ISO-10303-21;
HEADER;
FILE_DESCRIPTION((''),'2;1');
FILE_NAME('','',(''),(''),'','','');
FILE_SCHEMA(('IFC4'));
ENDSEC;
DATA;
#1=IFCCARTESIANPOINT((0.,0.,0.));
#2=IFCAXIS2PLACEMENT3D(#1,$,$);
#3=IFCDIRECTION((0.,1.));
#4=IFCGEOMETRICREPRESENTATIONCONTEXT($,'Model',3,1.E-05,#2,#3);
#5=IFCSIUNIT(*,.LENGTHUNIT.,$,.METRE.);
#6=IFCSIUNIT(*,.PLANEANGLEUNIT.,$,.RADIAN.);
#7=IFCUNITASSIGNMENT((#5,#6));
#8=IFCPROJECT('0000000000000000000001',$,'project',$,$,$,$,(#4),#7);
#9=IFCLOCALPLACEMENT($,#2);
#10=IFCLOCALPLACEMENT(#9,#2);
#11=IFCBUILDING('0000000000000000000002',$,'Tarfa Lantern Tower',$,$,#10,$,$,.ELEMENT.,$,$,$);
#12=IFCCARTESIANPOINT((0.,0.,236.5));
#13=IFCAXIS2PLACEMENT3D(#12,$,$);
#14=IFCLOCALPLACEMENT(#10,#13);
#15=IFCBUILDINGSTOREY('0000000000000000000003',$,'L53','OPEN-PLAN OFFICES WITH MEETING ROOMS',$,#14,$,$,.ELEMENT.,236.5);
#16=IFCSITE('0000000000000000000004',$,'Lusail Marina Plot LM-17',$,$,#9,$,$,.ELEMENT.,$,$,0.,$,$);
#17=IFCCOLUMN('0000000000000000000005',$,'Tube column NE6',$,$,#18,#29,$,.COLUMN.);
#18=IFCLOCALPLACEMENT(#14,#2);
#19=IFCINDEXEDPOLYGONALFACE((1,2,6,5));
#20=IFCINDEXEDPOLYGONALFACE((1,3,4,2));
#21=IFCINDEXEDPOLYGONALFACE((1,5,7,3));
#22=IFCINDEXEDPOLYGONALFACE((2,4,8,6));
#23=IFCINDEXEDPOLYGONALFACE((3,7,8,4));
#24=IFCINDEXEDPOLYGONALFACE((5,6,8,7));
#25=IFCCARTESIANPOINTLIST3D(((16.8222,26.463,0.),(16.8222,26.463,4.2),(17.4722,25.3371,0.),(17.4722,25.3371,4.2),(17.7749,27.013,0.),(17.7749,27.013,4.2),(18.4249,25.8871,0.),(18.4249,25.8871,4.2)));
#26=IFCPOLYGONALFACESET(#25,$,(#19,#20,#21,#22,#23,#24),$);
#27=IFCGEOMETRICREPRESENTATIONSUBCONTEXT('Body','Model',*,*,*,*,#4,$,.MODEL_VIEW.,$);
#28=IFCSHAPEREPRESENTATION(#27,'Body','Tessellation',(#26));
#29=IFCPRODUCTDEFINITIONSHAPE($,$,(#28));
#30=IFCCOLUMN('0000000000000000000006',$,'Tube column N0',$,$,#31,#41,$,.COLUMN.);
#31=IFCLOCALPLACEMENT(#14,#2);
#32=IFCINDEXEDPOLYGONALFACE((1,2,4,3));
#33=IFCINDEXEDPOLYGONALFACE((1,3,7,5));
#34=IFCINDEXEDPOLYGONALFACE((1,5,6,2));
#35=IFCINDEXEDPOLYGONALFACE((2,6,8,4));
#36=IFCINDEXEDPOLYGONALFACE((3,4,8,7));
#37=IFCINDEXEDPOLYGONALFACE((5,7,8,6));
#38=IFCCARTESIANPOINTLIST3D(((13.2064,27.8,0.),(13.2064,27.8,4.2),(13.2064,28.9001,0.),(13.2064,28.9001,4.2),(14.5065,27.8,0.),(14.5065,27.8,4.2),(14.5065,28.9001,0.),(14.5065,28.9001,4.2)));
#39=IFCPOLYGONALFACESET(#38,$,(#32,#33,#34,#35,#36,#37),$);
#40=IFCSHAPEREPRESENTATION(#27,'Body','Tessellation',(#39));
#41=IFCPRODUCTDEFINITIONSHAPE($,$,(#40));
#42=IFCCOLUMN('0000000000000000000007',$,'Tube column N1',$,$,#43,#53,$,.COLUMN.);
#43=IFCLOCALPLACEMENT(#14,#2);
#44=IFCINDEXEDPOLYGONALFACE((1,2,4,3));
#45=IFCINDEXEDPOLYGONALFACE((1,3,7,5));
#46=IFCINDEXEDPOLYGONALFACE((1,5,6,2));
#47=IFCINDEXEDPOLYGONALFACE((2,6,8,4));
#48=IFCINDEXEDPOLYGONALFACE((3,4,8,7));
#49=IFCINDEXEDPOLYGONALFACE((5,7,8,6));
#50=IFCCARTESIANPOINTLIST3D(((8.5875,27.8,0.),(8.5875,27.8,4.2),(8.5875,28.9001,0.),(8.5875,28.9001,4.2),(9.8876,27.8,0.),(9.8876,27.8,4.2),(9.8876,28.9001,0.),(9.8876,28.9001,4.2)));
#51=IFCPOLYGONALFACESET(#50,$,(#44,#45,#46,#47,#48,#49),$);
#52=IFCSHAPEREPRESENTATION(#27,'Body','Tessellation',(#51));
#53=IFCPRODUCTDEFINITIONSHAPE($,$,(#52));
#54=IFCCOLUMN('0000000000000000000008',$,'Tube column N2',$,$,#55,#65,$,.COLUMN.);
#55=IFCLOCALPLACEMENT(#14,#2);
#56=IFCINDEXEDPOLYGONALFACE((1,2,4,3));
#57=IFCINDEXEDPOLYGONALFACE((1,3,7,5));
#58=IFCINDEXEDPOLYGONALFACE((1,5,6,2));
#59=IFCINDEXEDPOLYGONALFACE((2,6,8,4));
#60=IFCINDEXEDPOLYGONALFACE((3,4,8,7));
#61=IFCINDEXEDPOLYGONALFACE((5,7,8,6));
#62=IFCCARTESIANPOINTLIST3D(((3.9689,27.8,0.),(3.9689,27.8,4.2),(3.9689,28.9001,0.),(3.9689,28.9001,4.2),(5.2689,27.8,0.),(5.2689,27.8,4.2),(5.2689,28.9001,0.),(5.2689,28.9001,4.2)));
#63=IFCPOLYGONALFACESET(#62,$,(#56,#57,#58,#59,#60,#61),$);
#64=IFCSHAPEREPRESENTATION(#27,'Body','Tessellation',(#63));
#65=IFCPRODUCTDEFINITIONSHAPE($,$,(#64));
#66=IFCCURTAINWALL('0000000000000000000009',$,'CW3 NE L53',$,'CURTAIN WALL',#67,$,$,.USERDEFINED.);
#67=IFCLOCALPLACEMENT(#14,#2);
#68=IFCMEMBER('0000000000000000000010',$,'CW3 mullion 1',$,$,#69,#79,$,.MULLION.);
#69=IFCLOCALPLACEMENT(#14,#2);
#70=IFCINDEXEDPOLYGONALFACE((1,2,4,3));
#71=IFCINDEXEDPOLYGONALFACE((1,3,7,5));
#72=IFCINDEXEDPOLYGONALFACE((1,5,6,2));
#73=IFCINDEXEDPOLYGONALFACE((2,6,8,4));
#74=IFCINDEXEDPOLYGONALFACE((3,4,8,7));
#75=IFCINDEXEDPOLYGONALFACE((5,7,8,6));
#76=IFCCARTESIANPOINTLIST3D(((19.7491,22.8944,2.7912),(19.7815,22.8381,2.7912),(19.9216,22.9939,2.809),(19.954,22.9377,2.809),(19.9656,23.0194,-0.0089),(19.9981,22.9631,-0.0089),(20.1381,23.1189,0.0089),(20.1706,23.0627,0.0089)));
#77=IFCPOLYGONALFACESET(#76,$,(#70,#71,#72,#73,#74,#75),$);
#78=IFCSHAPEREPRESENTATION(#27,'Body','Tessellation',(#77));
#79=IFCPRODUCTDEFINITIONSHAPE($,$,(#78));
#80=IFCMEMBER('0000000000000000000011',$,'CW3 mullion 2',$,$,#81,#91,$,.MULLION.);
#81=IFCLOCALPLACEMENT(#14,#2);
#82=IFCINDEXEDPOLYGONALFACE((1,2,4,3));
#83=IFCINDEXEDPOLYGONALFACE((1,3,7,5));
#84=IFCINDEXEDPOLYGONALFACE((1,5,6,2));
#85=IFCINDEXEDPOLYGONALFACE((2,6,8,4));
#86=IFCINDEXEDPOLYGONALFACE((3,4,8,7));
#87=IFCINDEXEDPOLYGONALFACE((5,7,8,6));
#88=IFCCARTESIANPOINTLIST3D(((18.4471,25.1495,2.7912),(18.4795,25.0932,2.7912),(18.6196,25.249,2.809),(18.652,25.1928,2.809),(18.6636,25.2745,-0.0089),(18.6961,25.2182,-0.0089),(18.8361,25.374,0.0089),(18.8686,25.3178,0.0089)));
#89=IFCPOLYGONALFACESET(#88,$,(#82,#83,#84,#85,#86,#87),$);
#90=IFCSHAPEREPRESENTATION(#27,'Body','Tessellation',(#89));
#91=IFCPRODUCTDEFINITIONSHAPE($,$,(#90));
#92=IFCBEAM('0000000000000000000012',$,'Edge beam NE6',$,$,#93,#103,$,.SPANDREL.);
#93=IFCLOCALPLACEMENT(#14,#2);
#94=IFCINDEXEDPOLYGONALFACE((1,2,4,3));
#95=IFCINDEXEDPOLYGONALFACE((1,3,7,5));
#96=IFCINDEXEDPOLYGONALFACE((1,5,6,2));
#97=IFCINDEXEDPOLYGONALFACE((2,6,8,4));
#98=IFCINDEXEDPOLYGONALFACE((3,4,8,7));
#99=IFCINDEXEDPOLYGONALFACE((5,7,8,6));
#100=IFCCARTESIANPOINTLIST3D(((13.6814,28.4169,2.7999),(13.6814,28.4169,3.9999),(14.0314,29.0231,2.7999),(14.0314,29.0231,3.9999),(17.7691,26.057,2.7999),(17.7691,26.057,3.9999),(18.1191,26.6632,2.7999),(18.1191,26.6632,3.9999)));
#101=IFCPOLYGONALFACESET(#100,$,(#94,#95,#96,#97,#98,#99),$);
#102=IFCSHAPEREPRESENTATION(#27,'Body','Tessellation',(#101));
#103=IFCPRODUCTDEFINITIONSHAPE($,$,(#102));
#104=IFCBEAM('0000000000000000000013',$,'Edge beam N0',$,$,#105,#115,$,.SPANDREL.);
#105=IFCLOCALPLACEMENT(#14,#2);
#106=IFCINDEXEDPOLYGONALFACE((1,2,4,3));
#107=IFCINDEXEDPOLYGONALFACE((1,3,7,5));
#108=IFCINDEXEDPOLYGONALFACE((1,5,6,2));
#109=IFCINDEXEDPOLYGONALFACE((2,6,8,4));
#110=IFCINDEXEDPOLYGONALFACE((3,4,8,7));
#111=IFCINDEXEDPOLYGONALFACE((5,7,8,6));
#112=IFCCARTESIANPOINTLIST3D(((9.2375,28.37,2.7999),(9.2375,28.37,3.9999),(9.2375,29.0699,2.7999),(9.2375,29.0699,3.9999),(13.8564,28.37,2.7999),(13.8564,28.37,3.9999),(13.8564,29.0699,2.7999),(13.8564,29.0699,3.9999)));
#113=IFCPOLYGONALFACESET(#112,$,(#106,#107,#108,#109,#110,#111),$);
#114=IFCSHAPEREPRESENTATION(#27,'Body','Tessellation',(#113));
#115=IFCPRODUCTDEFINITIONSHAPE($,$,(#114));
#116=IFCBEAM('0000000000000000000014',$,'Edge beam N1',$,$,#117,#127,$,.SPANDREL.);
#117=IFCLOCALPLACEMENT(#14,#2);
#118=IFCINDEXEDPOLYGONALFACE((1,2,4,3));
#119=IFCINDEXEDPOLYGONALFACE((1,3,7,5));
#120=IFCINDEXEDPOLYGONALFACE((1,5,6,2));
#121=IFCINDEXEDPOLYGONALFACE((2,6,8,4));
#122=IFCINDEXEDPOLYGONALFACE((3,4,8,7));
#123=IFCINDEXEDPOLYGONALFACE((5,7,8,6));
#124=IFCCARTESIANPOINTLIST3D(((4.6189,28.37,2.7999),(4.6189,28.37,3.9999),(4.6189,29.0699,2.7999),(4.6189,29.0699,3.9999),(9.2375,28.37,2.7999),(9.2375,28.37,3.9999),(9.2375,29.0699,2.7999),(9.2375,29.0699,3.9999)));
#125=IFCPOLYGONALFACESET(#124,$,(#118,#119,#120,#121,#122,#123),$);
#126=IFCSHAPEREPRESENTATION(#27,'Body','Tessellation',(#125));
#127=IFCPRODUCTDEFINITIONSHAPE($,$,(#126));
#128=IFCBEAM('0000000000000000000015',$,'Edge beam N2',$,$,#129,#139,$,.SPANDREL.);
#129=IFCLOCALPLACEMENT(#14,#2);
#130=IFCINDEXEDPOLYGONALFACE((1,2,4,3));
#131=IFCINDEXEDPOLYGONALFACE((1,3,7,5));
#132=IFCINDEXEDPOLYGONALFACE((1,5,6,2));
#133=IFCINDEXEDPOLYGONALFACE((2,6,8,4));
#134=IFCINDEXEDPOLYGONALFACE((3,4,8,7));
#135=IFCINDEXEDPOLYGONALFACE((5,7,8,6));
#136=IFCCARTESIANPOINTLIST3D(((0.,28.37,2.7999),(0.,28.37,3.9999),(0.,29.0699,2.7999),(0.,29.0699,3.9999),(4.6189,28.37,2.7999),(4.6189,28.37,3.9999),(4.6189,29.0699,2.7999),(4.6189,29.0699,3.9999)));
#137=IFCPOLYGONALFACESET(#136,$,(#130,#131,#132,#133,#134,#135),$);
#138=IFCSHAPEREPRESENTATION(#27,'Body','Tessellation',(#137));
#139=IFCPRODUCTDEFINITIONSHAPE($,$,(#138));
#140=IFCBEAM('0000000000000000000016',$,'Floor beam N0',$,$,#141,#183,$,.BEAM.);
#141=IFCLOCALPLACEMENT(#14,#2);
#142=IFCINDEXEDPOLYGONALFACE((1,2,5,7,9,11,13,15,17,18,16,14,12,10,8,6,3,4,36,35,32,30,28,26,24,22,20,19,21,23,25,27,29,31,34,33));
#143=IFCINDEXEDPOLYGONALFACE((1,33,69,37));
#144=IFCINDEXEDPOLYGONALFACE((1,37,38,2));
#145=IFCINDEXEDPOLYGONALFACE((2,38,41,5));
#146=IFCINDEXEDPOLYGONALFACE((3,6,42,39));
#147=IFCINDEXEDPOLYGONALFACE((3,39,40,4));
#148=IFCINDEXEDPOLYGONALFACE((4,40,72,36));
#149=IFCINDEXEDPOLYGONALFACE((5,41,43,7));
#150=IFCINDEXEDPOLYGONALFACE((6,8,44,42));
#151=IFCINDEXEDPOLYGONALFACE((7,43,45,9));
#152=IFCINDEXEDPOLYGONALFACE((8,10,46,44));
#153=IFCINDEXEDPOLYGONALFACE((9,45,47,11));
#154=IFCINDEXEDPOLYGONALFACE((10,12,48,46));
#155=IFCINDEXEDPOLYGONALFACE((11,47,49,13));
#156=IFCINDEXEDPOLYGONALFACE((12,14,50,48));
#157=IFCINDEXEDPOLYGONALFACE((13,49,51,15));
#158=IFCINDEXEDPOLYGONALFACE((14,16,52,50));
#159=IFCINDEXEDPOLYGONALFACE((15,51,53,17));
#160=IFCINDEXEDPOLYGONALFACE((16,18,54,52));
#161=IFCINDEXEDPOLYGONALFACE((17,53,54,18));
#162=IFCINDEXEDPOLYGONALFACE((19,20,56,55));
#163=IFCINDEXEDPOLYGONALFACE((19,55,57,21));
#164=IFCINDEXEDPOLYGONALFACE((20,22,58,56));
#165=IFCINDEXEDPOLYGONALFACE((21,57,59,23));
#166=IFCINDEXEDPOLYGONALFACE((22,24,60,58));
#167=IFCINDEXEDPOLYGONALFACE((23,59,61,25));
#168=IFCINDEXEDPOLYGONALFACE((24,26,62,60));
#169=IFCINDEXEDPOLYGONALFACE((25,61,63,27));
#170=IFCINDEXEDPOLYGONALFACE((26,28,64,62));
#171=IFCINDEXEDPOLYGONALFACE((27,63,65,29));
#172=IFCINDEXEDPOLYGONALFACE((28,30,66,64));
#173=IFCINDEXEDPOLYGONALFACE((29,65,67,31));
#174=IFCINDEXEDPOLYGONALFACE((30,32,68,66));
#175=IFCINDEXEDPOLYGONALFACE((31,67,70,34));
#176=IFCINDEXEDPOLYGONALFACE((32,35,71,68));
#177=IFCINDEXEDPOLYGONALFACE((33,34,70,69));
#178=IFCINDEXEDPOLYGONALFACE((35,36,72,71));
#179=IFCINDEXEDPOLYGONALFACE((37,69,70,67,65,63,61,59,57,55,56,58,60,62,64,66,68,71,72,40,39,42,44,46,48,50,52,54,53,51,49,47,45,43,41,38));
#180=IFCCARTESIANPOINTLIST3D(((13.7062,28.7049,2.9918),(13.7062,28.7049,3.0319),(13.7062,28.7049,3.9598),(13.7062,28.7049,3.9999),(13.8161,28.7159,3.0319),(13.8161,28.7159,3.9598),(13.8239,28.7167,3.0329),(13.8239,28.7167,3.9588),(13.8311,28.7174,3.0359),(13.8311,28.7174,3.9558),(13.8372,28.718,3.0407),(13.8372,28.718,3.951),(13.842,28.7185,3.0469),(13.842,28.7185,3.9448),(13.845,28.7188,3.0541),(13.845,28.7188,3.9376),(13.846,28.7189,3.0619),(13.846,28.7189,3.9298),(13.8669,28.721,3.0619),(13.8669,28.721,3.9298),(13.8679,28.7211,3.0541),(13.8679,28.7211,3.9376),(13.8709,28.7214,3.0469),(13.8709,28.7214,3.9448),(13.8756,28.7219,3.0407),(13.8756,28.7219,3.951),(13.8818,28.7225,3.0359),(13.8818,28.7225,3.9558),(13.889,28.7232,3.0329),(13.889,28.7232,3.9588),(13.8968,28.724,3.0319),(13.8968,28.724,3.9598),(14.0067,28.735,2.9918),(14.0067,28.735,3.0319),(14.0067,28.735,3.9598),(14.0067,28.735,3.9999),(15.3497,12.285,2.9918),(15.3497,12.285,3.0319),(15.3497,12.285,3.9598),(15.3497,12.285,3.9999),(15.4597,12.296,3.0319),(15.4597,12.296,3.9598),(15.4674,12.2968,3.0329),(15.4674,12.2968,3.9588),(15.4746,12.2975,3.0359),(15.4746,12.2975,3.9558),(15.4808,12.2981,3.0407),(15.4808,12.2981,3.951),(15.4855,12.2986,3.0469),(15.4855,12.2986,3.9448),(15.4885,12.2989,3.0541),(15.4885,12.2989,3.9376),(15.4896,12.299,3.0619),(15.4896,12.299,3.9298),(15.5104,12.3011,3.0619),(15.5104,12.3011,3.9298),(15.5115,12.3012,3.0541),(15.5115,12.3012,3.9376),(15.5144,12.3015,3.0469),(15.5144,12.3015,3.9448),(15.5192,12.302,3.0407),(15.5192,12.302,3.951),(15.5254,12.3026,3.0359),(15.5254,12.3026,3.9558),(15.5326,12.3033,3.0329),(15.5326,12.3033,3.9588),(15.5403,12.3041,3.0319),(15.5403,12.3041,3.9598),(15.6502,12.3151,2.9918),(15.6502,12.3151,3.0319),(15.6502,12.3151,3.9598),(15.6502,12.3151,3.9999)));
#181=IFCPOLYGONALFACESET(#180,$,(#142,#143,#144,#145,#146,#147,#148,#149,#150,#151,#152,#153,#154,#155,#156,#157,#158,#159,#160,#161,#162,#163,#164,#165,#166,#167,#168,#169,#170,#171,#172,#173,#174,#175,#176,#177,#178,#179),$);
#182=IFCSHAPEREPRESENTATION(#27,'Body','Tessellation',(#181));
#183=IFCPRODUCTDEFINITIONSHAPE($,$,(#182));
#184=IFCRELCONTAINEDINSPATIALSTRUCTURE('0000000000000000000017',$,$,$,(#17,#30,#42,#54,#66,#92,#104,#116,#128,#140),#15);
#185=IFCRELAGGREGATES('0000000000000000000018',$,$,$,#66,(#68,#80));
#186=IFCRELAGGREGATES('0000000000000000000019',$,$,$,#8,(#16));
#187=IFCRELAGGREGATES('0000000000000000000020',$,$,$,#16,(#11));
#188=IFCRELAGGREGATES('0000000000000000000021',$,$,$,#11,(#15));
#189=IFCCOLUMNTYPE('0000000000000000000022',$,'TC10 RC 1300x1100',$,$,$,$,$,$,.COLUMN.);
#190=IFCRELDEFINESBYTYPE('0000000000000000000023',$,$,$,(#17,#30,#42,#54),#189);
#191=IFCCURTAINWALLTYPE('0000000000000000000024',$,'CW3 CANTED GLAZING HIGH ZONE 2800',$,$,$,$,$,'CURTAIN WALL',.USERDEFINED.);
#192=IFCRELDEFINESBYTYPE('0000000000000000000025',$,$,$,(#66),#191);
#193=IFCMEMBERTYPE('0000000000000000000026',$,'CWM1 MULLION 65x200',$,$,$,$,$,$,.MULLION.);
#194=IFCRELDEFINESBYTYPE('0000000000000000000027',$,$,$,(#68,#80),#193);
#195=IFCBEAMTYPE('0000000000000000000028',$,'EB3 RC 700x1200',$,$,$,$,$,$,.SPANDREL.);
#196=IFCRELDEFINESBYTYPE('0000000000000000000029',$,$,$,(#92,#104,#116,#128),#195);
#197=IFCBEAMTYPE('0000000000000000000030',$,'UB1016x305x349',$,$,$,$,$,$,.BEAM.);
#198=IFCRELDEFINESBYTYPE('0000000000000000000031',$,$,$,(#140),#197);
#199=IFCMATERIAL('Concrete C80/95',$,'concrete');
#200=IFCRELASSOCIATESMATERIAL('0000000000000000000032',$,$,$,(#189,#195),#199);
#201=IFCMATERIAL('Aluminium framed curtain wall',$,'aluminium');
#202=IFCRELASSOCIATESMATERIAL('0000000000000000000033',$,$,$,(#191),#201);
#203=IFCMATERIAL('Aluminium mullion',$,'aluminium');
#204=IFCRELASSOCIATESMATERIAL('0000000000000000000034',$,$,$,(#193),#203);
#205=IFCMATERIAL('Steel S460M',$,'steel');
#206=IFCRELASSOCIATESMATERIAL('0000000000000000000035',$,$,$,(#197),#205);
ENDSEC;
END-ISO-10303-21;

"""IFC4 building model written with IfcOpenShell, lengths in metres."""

from ifc_helpers import new_model, si_unit, direction, frame, origin, origin_2d, place, context, subcontext, project, spatial, rectangle, i_section, extrude, material, material_profile, profile_set, type_object, element, aggregate, save


model = new_model("IFC4")

# Units and contexts
model_context = context("Model", 3, precision=1e-05, world=origin(), true_north=direction((0.0, 1.0)))
body_context = subcontext(model_context, "Body", "Model", "MODEL_VIEW")
ifc_project = project(units=[si_unit("LENGTHUNIT", "METRE"), si_unit("PLANEANGLEUNIT", "RADIAN")], contexts=[model_context])

# Site, building, storey
site_placement = place(None, origin())
site = spatial("IfcSite", under=ifc_project, at=site_placement, Name="Lusail Marina Plot LM-17", CompositionType="ELEMENT", RefElevation=0.0)
building_placement = place(site_placement, origin())
building = spatial("IfcBuilding", under=site, at=building_placement, Name="Tarfa Lantern Tower", CompositionType="ELEMENT")
storey_placement = place(building_placement, frame((0.0, 0.0, 236.5)))
storey = spatial("IfcBuildingStorey", under=building, at=storey_placement, Name="L53", Description="OPEN-PLAN OFFICES WITH MEETING ROOMS", CompositionType="ELEMENT", Elevation=236.5)

# Columns
ifc_material_1 = material(Name="Concrete C80/95", Category="concrete")
ifc_material_profile_1 = material_profile(ifc_material_1, rectangle(XDim=1.3, YDim=1.1001, at=origin_2d()), Name="RC 1300x1100")
ifc_profile_set_1 = profile_set([ifc_material_profile_1], Name="Concrete C80/95")
column_type = type_object("IfcColumnType", Name="TC10 RC 1300x1100", PredefinedType="COLUMN", material=ifc_profile_set_1)
for number, where, z_axis, x_axis, name in (
    (1, (17.6235, 26.175, 0.0), (0.0, 0.0, 1.0), (-0.5, 0.866025, 0.0), "Tube column NE6"),
    (2, (13.8564, 28.3501, 0.0), (0.0, 0.0, 1.0), (-1.0, 0.0, 0.0), "Tube column N0"),
    (3, (9.2375, 28.3501, 0.0), (0.0, 0.0, 1.0), (-1.0, 0.0, 0.0), "Tube column N1"),
    (4, (4.6189, 28.3501, 0.0), (0.0, 0.0, 1.0), (-1.0, 0.0, 0.0), "Tube column N2"),
):
    element("IfcColumn", number, at=place(storey_placement, frame(where, z_axis=z_axis, x_axis=x_axis)), inside=storey, type_object=column_type, Name=name, PredefinedType="COLUMN", context=body_context, shape_type="SweptSolid", body=[
        extrude(rectangle(XDim=1.3, YDim=1.1001, at=origin_2d()), origin(), (0.0, 0.0, 1.0), 4.2),
    ])

# Curtain wall, members
ifc_material_2 = material(Name="Aluminium framed curtain wall", Category="aluminium")
curtain_wall_type = type_object("IfcCurtainWallType", Name="CW3 CANTED GLAZING HIGH ZONE 2800", ElementType="CURTAIN WALL", PredefinedType="USERDEFINED", material=ifc_material_2)
curtain_wall_placement = place(storey_placement, origin())
curtain_wall = element("IfcCurtainWall", 5, at=curtain_wall_placement, inside=storey, type_object=curtain_wall_type, Name="CW3 NE L53", ObjectType="CURTAIN WALL", PredefinedType="USERDEFINED")
ifc_material_3 = material(Name="Aluminium mullion", Category="aluminium")
ifc_material_profile_2 = material_profile(ifc_material_3, rectangle(XDim=0.0649, YDim=0.2, at=origin_2d()), Name="AL MULLION 65x200")
ifc_profile_set_2 = profile_set([ifc_material_profile_2], Name="Aluminium mullion")
member_type = type_object("IfcMemberType", Name="CWM1 MULLION 65x200", PredefinedType="MULLION", material=ifc_profile_set_2)
member_1_placement = place(storey_placement, frame((20.0681, 23.041, 0.0), z_axis=(-0.077032, -0.044465, 0.996037), x_axis=(0.49992, -0.866072, 0.0)))
member_1 = element("IfcMember", 6, at=member_1_placement, type_object=member_type, Name="CW3 mullion 1", PredefinedType="MULLION", context=body_context, shape_type="SweptSolid", body=[
    extrude(rectangle(XDim=0.0649, YDim=0.2, at=origin_2d()), origin(), (0.0, 0.0, 1.0), 2.8113),
])
member_2_placement = place(storey_placement, frame((18.7661, 25.2961, 0.0), z_axis=(-0.077032, -0.044465, 0.996037), x_axis=(0.49992, -0.866072, 0.0)))
member_2 = element("IfcMember", 7, at=member_2_placement, type_object=member_type, Name="CW3 mullion 2", PredefinedType="MULLION", context=body_context, shape_type="SweptSolid", body=[
    extrude(rectangle(XDim=0.0649, YDim=0.2, at=origin_2d()), origin(), (0.0, 0.0, 1.0), 2.8113),
])

# Beams
ifc_material_profile_3 = material_profile(ifc_material_1, rectangle(XDim=0.7, YDim=1.2, at=origin_2d()), Name="RC 700x1200")
ifc_profile_set_3 = profile_set([ifc_material_profile_3], Name="Concrete C80/95")
beam_type_1 = type_object("IfcBeamType", Name="EB3 RC 700x1200", PredefinedType="SPANDREL", material=ifc_profile_set_3)
beam_1_placement = place(storey_placement, frame((17.9441, 26.3601, 3.3999), z_axis=(-0.866038, 0.499978, 0.0), x_axis=(-0.499978, -0.866038, 0.0)))
element("IfcBeam", 8, at=beam_1_placement, inside=storey, type_object=beam_type_1, Name="Edge beam NE6", PredefinedType="SPANDREL", context=body_context, shape_type="SweptSolid", body=[
    extrude(rectangle(XDim=0.7, YDim=1.2, at=origin_2d()), origin(), (0.0, 0.0, 1.0), 4.72),
])
beam_2_placement = place(storey_placement, frame((13.8564, 28.72, 3.3999), z_axis=(-1.0, 0.0, 0.0), x_axis=(0.0, -1.0, 0.0)))
element("IfcBeam", 9, at=beam_2_placement, inside=storey, type_object=beam_type_1, Name="Edge beam N0", PredefinedType="SPANDREL", context=body_context, shape_type="SweptSolid", body=[
    extrude(rectangle(XDim=0.7, YDim=1.2, at=origin_2d()), origin(), (0.0, 0.0, 1.0), 4.6189),
])
beam_3_placement = place(storey_placement, frame((9.2375, 28.72, 3.3999), z_axis=(-1.0, 0.0, 0.0), x_axis=(0.0, -1.0, 0.0)))
element("IfcBeam", 10, at=beam_3_placement, inside=storey, type_object=beam_type_1, Name="Edge beam N1", PredefinedType="SPANDREL", context=body_context, shape_type="SweptSolid", body=[
    extrude(rectangle(XDim=0.7, YDim=1.2, at=origin_2d()), origin(), (0.0, 0.0, 1.0), 4.6187),
])
beam_4_placement = place(storey_placement, frame((4.6189, 28.72, 3.3999), z_axis=(-1.0, 0.0, 0.0), x_axis=(0.0, -1.0, 0.0)))
element("IfcBeam", 11, at=beam_4_placement, inside=storey, type_object=beam_type_1, Name="Edge beam N2", PredefinedType="SPANDREL", context=body_context, shape_type="SweptSolid", body=[
    extrude(rectangle(XDim=0.7, YDim=1.2, at=origin_2d()), origin(), (0.0, 0.0, 1.0), 4.6189),
])
ifc_material_4 = material(Name="Steel S460M", Category="steel")
ifc_material_profile_4 = material_profile(ifc_material_4, i_section(OverallWidth=0.302, OverallDepth=1.0081, WebThickness=0.021, FlangeThickness=0.04, FilletRadius=0.03, at=origin_2d()), Name="UB1016x305x349")
ifc_profile_set_4 = profile_set([ifc_material_profile_4], Name="Steel S460M")
beam_type_2 = type_object("IfcBeamType", Name="UB1016x305x349", PredefinedType="BEAM", material=ifc_profile_set_4)
beam_5_placement = place(storey_placement, frame((13.8564, 28.72, 3.4958), z_axis=(0.099597, -0.995028, 0.0), x_axis=(0.995028, 0.099597, 0.0)))
element("IfcBeam", 12, at=beam_5_placement, inside=storey, type_object=beam_type_2, Name="Floor beam N0", PredefinedType="BEAM", context=body_context, shape_type="SweptSolid", body=[
    extrude(i_section(OverallWidth=0.302, OverallDepth=1.0081, WebThickness=0.021, FlangeThickness=0.04, FilletRadius=0.03, at=origin_2d()), origin(), (0.0, 0.0, 1.0), 16.502),
])

aggregate(curtain_wall, [member_1, member_2])

save(model, "model.ifc")
